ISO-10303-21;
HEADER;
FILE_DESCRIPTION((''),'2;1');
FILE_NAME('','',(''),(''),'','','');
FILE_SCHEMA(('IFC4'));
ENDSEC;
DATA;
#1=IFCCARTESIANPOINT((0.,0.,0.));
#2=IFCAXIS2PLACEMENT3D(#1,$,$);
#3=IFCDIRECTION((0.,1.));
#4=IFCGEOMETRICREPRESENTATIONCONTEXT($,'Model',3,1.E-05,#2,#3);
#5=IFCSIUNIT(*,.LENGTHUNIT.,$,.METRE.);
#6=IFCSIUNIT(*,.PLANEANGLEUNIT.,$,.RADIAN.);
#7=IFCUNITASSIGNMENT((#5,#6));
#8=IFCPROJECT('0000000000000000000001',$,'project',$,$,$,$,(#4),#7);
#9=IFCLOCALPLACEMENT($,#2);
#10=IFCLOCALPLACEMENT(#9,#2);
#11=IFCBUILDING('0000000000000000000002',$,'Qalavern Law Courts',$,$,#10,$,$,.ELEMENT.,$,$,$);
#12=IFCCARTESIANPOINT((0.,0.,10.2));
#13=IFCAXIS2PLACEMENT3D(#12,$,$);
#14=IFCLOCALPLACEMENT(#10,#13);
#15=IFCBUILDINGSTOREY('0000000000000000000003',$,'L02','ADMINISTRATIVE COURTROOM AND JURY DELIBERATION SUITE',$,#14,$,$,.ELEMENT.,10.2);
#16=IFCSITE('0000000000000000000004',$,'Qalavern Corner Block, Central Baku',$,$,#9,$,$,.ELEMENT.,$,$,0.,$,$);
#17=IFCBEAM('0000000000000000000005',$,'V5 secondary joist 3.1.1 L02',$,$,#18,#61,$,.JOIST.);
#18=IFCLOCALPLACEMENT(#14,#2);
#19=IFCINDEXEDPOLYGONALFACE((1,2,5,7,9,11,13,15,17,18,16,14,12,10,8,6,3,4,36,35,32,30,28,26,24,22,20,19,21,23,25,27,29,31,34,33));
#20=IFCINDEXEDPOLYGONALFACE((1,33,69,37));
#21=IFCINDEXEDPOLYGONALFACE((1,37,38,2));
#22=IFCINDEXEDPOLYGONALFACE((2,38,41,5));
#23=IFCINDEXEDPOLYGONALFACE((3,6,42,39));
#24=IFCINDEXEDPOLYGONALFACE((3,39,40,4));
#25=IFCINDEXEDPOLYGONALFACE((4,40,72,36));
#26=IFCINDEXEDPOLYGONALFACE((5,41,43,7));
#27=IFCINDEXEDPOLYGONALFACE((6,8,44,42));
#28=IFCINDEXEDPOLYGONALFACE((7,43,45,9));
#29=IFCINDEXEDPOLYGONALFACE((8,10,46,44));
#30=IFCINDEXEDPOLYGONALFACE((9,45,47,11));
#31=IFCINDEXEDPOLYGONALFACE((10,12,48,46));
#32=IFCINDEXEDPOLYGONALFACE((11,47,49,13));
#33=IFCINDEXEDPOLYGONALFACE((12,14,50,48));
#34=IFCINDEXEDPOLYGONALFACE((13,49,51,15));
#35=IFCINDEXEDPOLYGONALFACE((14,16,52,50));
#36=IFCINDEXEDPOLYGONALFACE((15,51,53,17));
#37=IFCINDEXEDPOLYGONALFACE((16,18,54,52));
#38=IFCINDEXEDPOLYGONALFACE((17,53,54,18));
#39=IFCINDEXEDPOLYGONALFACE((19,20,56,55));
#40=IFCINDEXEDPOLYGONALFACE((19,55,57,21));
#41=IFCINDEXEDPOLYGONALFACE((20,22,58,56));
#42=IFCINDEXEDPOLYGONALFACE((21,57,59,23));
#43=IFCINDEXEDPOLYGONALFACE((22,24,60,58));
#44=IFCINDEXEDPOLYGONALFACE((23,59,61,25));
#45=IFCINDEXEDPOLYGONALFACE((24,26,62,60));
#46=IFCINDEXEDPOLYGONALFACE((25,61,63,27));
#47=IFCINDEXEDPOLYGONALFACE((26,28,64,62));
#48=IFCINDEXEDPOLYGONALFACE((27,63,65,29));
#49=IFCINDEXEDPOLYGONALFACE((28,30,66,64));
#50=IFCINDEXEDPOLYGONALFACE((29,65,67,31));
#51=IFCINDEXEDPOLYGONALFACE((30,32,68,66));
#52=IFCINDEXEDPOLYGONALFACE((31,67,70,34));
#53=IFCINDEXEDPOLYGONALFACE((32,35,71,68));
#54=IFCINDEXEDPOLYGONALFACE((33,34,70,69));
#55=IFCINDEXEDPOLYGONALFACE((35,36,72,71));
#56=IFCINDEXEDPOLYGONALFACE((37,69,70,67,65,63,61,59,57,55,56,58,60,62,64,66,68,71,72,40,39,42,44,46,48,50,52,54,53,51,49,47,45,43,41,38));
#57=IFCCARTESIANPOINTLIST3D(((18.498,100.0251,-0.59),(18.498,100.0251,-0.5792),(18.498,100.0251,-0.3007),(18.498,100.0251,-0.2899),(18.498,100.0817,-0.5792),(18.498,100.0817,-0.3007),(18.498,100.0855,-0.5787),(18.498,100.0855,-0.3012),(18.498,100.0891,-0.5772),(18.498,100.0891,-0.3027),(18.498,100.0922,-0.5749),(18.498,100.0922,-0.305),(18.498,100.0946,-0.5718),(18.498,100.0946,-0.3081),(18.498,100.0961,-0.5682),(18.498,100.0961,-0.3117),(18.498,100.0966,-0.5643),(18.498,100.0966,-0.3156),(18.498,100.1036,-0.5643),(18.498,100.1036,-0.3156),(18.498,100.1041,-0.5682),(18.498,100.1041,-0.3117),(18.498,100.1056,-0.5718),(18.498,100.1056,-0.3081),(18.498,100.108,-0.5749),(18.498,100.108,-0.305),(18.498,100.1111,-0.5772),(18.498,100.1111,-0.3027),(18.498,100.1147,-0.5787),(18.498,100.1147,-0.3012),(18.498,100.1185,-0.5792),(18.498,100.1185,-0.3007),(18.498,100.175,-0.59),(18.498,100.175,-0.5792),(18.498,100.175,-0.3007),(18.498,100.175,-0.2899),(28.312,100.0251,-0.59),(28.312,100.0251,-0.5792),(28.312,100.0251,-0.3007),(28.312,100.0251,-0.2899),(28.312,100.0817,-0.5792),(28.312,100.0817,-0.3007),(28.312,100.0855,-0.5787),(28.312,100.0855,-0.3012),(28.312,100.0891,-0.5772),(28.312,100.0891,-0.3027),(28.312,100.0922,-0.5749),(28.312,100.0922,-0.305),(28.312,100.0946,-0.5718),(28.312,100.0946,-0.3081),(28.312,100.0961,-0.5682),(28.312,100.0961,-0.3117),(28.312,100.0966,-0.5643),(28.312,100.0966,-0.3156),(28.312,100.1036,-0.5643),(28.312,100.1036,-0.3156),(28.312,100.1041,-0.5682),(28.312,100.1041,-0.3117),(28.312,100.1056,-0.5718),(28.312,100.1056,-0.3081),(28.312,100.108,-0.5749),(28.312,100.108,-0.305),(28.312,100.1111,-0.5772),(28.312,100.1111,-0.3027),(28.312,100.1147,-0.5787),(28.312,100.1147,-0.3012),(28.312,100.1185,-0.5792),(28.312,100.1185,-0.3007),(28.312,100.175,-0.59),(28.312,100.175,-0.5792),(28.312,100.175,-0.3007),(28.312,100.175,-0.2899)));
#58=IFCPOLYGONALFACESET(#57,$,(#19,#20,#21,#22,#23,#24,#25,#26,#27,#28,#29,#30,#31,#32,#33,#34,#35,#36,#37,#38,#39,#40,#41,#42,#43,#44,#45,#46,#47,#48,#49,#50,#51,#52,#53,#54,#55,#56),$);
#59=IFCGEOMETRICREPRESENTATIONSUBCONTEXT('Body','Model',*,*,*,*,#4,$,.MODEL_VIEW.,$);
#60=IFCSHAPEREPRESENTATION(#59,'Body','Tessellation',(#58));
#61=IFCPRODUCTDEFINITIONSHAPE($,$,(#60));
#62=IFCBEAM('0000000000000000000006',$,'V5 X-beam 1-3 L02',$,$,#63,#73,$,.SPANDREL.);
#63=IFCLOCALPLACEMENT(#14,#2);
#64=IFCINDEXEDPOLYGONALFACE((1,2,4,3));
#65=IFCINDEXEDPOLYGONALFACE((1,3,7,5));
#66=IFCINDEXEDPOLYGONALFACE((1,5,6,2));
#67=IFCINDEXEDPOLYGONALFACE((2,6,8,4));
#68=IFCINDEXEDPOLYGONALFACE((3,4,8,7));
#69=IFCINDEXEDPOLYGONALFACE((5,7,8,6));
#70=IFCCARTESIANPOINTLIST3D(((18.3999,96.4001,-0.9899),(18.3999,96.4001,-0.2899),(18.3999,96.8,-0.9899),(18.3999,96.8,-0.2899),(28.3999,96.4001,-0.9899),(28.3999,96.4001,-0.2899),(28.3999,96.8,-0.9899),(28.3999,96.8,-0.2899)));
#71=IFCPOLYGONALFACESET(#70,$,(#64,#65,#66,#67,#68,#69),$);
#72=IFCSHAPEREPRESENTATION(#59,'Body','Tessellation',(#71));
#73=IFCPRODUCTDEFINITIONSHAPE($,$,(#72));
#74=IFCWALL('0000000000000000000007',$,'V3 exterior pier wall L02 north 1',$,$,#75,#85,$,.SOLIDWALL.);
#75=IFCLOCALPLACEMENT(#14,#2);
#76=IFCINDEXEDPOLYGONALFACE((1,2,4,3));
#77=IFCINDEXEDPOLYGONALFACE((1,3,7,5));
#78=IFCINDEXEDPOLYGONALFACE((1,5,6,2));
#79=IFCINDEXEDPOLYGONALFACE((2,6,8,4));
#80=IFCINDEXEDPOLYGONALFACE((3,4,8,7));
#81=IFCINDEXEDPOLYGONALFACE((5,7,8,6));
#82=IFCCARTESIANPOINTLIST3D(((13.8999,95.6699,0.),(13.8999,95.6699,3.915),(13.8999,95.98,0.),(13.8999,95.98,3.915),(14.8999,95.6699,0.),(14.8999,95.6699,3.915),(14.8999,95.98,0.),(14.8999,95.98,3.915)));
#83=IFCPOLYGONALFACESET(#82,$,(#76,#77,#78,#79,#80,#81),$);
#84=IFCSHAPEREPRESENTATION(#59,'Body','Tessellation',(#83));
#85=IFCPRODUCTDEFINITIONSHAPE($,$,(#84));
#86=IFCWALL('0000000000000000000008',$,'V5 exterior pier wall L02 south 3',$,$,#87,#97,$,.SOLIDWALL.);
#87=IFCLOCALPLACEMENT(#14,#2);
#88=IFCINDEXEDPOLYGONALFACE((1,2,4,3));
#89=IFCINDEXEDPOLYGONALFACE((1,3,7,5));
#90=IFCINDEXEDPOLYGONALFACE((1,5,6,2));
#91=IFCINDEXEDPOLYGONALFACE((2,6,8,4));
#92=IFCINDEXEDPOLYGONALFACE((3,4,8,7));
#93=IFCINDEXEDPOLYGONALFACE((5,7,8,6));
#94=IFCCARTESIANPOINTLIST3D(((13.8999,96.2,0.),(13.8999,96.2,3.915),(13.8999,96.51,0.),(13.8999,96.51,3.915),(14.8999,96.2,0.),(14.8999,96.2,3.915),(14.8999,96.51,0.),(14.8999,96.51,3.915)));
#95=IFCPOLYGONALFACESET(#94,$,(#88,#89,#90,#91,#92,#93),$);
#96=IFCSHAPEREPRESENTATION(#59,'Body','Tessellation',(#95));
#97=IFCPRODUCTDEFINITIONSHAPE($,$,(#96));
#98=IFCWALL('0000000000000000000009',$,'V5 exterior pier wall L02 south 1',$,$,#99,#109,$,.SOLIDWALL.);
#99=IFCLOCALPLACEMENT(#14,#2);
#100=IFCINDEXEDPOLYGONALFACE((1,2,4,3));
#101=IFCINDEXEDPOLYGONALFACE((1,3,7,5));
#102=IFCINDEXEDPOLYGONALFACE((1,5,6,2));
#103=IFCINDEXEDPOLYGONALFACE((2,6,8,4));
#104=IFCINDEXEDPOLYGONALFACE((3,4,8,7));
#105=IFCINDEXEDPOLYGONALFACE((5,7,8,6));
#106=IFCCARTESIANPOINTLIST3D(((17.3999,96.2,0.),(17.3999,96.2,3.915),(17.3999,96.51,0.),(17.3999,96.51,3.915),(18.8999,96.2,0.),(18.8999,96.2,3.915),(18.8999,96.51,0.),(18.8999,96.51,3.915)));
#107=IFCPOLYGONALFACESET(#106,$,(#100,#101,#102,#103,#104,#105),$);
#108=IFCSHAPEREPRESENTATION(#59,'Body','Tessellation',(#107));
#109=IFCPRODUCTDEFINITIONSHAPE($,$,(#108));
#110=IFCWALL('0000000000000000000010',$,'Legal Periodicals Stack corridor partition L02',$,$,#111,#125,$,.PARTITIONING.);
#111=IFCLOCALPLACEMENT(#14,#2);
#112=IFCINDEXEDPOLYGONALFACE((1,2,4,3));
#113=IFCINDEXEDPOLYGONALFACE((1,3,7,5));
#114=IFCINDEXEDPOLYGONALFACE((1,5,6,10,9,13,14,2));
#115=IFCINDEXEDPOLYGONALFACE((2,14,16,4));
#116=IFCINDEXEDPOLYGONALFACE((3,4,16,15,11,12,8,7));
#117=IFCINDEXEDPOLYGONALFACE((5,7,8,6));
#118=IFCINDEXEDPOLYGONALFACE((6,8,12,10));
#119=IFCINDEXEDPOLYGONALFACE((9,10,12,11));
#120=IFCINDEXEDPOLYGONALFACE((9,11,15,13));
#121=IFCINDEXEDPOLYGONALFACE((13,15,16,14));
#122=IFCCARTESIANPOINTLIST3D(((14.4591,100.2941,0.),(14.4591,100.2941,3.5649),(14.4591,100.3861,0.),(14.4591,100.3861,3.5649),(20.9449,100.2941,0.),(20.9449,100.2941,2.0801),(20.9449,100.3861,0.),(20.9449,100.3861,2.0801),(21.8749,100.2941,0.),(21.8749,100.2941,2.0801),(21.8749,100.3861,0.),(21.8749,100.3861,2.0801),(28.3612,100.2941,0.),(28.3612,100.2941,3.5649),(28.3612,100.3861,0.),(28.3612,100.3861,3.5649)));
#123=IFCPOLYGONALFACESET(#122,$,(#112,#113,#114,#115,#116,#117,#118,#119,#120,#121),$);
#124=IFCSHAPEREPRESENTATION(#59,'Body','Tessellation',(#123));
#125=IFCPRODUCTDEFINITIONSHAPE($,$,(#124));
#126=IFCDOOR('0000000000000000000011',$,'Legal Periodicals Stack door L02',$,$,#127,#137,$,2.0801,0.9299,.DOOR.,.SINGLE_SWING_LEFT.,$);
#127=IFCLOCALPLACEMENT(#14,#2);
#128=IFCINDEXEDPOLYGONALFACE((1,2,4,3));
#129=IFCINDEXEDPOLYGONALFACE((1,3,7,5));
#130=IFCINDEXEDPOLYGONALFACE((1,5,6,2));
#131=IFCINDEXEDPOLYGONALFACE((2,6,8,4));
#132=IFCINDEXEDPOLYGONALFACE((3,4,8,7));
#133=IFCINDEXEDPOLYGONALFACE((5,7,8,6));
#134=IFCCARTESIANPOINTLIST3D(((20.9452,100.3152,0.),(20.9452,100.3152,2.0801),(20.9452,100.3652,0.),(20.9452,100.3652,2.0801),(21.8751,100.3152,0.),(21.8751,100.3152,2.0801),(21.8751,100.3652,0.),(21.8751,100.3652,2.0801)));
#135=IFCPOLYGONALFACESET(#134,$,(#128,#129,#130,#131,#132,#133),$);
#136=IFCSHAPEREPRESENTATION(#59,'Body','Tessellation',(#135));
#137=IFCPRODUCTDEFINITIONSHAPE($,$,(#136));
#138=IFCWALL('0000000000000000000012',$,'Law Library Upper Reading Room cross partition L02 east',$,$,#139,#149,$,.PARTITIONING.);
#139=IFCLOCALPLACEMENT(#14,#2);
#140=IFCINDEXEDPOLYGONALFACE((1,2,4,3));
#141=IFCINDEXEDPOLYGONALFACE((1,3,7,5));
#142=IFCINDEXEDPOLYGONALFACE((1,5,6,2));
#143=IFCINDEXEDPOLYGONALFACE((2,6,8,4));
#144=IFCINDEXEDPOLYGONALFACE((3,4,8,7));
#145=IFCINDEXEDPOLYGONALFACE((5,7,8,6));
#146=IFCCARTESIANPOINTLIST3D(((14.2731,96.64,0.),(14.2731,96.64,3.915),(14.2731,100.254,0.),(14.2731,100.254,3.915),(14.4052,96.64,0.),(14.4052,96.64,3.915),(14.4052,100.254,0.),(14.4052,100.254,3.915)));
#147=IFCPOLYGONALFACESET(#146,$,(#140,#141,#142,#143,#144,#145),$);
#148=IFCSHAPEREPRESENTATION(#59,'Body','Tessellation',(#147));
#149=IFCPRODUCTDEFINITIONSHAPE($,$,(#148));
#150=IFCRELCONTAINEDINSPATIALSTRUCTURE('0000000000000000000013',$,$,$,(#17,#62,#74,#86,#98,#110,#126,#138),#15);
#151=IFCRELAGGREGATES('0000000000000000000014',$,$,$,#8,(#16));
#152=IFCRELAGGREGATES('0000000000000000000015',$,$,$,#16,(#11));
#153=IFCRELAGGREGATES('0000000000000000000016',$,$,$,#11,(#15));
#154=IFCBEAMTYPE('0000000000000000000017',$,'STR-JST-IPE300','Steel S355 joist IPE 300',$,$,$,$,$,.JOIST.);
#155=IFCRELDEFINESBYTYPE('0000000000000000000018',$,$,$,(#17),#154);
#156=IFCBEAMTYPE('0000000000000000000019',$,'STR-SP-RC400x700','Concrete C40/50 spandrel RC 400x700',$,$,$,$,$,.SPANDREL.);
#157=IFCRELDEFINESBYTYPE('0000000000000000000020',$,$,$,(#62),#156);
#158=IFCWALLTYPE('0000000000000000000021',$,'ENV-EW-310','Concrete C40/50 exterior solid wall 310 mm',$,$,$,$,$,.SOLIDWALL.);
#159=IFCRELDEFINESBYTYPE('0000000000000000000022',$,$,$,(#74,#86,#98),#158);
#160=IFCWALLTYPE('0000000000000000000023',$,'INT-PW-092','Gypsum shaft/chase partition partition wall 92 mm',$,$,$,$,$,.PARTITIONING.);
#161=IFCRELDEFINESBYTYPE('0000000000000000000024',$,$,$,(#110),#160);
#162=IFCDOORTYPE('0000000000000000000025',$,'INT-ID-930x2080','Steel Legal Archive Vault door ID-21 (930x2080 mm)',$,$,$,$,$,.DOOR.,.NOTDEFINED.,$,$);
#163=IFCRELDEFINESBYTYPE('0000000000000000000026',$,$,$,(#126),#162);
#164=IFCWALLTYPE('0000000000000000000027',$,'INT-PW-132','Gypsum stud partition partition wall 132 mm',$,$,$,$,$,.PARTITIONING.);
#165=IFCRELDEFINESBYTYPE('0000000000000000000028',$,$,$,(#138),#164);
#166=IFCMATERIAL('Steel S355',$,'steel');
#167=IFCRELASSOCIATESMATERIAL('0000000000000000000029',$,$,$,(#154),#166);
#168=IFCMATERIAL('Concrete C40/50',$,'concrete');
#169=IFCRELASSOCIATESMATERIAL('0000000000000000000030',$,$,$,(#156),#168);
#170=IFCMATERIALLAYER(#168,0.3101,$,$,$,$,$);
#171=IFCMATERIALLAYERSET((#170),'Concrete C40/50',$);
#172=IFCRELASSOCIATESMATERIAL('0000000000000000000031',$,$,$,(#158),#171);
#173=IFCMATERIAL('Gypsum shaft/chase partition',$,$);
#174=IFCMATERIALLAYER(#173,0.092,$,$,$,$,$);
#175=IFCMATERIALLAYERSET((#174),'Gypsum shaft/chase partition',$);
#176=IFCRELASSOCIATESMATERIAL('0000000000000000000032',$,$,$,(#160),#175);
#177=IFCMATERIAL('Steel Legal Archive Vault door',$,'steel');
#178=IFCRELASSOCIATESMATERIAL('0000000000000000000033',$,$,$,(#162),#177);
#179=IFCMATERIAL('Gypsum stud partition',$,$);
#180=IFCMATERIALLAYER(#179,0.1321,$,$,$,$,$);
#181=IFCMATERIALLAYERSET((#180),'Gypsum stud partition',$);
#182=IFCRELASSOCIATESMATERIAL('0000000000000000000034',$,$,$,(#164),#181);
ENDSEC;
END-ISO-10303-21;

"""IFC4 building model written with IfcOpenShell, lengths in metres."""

from ifc_helpers import new_model, si_unit, direction, frame, frame_2d, origin, origin_2d, place, context, subcontext, project, spatial, rectangle, i_section, extrude, material, layer, layer_set, material_profile, profile_set, type_object, element, fill, save


model = new_model("IFC4")

# Units and contexts
model_context = context("Model", 3, precision=1e-05, world=origin(), true_north=direction((0.0, 1.0)))
body_context = subcontext(model_context, "Body", "Model", "MODEL_VIEW")
ifc_project = project(units=[si_unit("LENGTHUNIT", "METRE"), si_unit("PLANEANGLEUNIT", "RADIAN")], contexts=[model_context])

# Site, building, storey
site_placement = place(None, origin())
site = spatial("IfcSite", under=ifc_project, at=site_placement, Name="Qalavern Corner Block, Central Baku", CompositionType="ELEMENT", RefElevation=0.0)
building_placement = place(site_placement, origin())
building = spatial("IfcBuilding", under=site, at=building_placement, Name="Qalavern Law Courts", CompositionType="ELEMENT")
storey_placement = place(building_placement, frame((0.0, 0.0, 10.2)))
storey = spatial("IfcBuildingStorey", under=building, at=storey_placement, Name="L02", Description="ADMINISTRATIVE COURTROOM AND JURY DELIBERATION SUITE", CompositionType="ELEMENT", Elevation=10.2)

# Beams
ifc_material_1 = material(Name="Steel S355", Category="steel")
ifc_material_profile_1 = material_profile(ifc_material_1, i_section(OverallWidth=0.1499, OverallDepth=0.3, WebThickness=0.0071, FlangeThickness=0.0107, FilletRadius=0.0149, at=origin_2d()), Name="IPE 300")
ifc_profile_set_1 = profile_set([ifc_material_profile_1], Name="Steel S355")
beam_type_1 = type_object("IfcBeamType", Name="STR-JST-IPE300", Description="Steel S355 joist IPE 300", PredefinedType="JOIST", material=ifc_profile_set_1)
beam_1_placement = place(storey_placement, frame((18.498, 100.1001, -0.4399), z_axis=(1.0, 0.0, 0.0), x_axis=(0.0, 1.0, 0.0)))
element("IfcBeam", 1, at=beam_1_placement, inside=storey, type_object=beam_type_1, Name="V5 secondary joist 3.1.1 L02", PredefinedType="JOIST", context=body_context, shape_type="SweptSolid", body=[
    extrude(i_section(OverallWidth=0.1499, OverallDepth=0.3, WebThickness=0.0071, FlangeThickness=0.0107, FilletRadius=0.0149, at=origin_2d()), origin(), (0.0, 0.0, 1.0), 9.814),
])
ifc_material_2 = material(Name="Concrete C40/50", Category="concrete")
ifc_material_profile_2 = material_profile(ifc_material_2, rectangle(XDim=0.3999, YDim=0.7, at=origin_2d()), Name="RC 400x700")
ifc_profile_set_2 = profile_set([ifc_material_profile_2], Name="Concrete C40/50")
beam_type_2 = type_object("IfcBeamType", Name="STR-SP-RC400x700", Description="Concrete C40/50 spandrel RC 400x700", PredefinedType="SPANDREL", material=ifc_profile_set_2)
beam_2_placement = place(storey_placement, frame((18.3999, 96.6001, -0.6399), z_axis=(1.0, 0.0, 0.0), x_axis=(0.0, 1.0, 0.0)))
element("IfcBeam", 2, at=beam_2_placement, inside=storey, type_object=beam_type_2, Name="V5 X-beam 1-3 L02", PredefinedType="SPANDREL", context=body_context, shape_type="SweptSolid", body=[
    extrude(rectangle(XDim=0.3999, YDim=0.7, at=origin_2d()), origin(), (0.0, 0.0, 1.0), 10.0),
])

# Walls
ifc_layer_1 = layer(ifc_material_2, 0.3101)
ifc_layer_set_1 = layer_set([ifc_layer_1], Name="Concrete C40/50")
wall_type_1 = type_object("IfcWallType", Name="ENV-EW-310", Description="Concrete C40/50 exterior solid wall 310 mm", PredefinedType="SOLIDWALL", material=ifc_layer_set_1)
for number, where, z_axis, x_axis, name in (
    (3, (14.8999, 95.825, 0.0), (0.0, 0.0, 1.0), (-1.0, 0.0, 0.0), "V3 exterior pier wall L02 north 1"),
    (4, (13.8999, 96.355, 0.0), (0.0, 0.0, 1.0), (1.0, 0.0, 0.0), "V5 exterior pier wall L02 south 3"),
):
    element("IfcWall", number, at=place(storey_placement, frame(where, z_axis=z_axis, x_axis=x_axis)), inside=storey, type_object=wall_type_1, Name=name, PredefinedType="SOLIDWALL", context=body_context, shape_type="SweptSolid", body=[
        extrude(rectangle(XDim=1.0, YDim=0.3101, at=frame_2d((0.5, 0.0))), origin(), (0.0, 0.0, 1.0), 3.915),
    ])
wall_1_placement = place(storey_placement, frame((17.3999, 96.355, 0.0), z_axis=(0.0, 0.0, 1.0), x_axis=(1.0, 0.0, 0.0)))
element("IfcWall", 5, at=wall_1_placement, inside=storey, type_object=wall_type_1, Name="V5 exterior pier wall L02 south 1", PredefinedType="SOLIDWALL", context=body_context, shape_type="SweptSolid", body=[
    extrude(rectangle(XDim=1.5, YDim=0.3101, at=frame_2d((0.75, 0.0))), origin(), (0.0, 0.0, 1.0), 3.915),
])

# Wall, opening, door
ifc_material_3 = material(Name="Gypsum shaft/chase partition")
ifc_layer_2 = layer(ifc_material_3, 0.092)
ifc_layer_set_2 = layer_set([ifc_layer_2], Name="Gypsum shaft/chase partition")
wall_type_2 = type_object("IfcWallType", Name="INT-PW-092", Description="Gypsum shaft/chase partition partition wall 92 mm", PredefinedType="PARTITIONING", material=ifc_layer_set_2)
wall_2_placement = place(storey_placement, frame((14.459, 100.3401, 0.0), z_axis=(0.0, 0.0, 1.0), x_axis=(1.0, 0.0, 0.0)))
wall_2 = element("IfcWall", 6, at=wall_2_placement, inside=storey, type_object=wall_type_2, Name="Legal Periodicals Stack corridor partition L02", PredefinedType="PARTITIONING", context=body_context, shape_type="SweptSolid", body=[
    extrude(rectangle(XDim=13.9021, YDim=0.092, at=frame_2d((6.9512, 0.0))), origin(), (0.0, 0.0, 1.0), 3.5649),
])
opening_placement = place(wall_2_placement, frame((6.4861, 0.0, 0.0)))
opening = element("IfcOpeningElement", 7, at=opening_placement, cuts=wall_2, PredefinedType="OPENING", context=body_context, shape_type="SweptSolid", body=[
    extrude(rectangle(XDim=0.9299, YDim=2.0801, at=frame_2d((0.4648, 1.04))), frame((0.0, 0.061, 0.0), z_axis=(0.0, -1.0, 0.0), x_axis=(1.0, 0.0, 0.0)), (0.0, 0.0, 1.0), 0.1218),
])
ifc_material_4 = material(Name="Steel Legal Archive Vault door", Category="steel")
door_type = type_object("IfcDoorType", Name="INT-ID-930x2080", Description="Steel Legal Archive Vault door ID-21 (930x2080 mm)", OperationType="NOTDEFINED", PredefinedType="DOOR", material=ifc_material_4)
door_placement = place(opening_placement, frame((0.9299, 0.0, 0.0), z_axis=(0.0, 0.0, 1.0), x_axis=(-1.0, 0.0, 0.0)))
door = element("IfcDoor", 8, at=door_placement, inside=storey, type_object=door_type, Name="Legal Periodicals Stack door L02", OperationType="SINGLE_SWING_LEFT", OverallHeight=2.0801, OverallWidth=0.9299, PredefinedType="DOOR", context=body_context, shape_type="SweptSolid", body=[
    extrude(rectangle(XDim=0.9299, YDim=2.0801, at=frame_2d((0.4648, 1.04))), frame((0.0, 0.0249, 0.0), z_axis=(0.0, -1.0, 0.0), x_axis=(1.0, 0.0, 0.0)), (0.0, 0.0, 1.0), 0.05),
])
fill(opening, door)

# Wall
ifc_material_5 = material(Name="Gypsum stud partition")
ifc_layer_3 = layer(ifc_material_5, 0.1321)
ifc_layer_set_3 = layer_set([ifc_layer_3], Name="Gypsum stud partition")
wall_type_3 = type_object("IfcWallType", Name="INT-PW-132", Description="Gypsum stud partition partition wall 132 mm", PredefinedType="PARTITIONING", material=ifc_layer_set_3)
wall_3_placement = place(storey_placement, frame((14.3391, 96.6399, 0.0), z_axis=(0.0, 0.0, 1.0), x_axis=(0.0, 1.0, 0.0)))
element("IfcWall", 9, at=wall_3_placement, inside=storey, type_object=wall_type_3, Name="Law Library Upper Reading Room cross partition L02 east", PredefinedType="PARTITIONING", context=body_context, shape_type="SweptSolid", body=[
    extrude(rectangle(XDim=3.614, YDim=0.1321, at=frame_2d((1.8071, 0.0))), origin(), (0.0, 0.0, 1.0), 3.915),
])

save(model, "model.ifc")
